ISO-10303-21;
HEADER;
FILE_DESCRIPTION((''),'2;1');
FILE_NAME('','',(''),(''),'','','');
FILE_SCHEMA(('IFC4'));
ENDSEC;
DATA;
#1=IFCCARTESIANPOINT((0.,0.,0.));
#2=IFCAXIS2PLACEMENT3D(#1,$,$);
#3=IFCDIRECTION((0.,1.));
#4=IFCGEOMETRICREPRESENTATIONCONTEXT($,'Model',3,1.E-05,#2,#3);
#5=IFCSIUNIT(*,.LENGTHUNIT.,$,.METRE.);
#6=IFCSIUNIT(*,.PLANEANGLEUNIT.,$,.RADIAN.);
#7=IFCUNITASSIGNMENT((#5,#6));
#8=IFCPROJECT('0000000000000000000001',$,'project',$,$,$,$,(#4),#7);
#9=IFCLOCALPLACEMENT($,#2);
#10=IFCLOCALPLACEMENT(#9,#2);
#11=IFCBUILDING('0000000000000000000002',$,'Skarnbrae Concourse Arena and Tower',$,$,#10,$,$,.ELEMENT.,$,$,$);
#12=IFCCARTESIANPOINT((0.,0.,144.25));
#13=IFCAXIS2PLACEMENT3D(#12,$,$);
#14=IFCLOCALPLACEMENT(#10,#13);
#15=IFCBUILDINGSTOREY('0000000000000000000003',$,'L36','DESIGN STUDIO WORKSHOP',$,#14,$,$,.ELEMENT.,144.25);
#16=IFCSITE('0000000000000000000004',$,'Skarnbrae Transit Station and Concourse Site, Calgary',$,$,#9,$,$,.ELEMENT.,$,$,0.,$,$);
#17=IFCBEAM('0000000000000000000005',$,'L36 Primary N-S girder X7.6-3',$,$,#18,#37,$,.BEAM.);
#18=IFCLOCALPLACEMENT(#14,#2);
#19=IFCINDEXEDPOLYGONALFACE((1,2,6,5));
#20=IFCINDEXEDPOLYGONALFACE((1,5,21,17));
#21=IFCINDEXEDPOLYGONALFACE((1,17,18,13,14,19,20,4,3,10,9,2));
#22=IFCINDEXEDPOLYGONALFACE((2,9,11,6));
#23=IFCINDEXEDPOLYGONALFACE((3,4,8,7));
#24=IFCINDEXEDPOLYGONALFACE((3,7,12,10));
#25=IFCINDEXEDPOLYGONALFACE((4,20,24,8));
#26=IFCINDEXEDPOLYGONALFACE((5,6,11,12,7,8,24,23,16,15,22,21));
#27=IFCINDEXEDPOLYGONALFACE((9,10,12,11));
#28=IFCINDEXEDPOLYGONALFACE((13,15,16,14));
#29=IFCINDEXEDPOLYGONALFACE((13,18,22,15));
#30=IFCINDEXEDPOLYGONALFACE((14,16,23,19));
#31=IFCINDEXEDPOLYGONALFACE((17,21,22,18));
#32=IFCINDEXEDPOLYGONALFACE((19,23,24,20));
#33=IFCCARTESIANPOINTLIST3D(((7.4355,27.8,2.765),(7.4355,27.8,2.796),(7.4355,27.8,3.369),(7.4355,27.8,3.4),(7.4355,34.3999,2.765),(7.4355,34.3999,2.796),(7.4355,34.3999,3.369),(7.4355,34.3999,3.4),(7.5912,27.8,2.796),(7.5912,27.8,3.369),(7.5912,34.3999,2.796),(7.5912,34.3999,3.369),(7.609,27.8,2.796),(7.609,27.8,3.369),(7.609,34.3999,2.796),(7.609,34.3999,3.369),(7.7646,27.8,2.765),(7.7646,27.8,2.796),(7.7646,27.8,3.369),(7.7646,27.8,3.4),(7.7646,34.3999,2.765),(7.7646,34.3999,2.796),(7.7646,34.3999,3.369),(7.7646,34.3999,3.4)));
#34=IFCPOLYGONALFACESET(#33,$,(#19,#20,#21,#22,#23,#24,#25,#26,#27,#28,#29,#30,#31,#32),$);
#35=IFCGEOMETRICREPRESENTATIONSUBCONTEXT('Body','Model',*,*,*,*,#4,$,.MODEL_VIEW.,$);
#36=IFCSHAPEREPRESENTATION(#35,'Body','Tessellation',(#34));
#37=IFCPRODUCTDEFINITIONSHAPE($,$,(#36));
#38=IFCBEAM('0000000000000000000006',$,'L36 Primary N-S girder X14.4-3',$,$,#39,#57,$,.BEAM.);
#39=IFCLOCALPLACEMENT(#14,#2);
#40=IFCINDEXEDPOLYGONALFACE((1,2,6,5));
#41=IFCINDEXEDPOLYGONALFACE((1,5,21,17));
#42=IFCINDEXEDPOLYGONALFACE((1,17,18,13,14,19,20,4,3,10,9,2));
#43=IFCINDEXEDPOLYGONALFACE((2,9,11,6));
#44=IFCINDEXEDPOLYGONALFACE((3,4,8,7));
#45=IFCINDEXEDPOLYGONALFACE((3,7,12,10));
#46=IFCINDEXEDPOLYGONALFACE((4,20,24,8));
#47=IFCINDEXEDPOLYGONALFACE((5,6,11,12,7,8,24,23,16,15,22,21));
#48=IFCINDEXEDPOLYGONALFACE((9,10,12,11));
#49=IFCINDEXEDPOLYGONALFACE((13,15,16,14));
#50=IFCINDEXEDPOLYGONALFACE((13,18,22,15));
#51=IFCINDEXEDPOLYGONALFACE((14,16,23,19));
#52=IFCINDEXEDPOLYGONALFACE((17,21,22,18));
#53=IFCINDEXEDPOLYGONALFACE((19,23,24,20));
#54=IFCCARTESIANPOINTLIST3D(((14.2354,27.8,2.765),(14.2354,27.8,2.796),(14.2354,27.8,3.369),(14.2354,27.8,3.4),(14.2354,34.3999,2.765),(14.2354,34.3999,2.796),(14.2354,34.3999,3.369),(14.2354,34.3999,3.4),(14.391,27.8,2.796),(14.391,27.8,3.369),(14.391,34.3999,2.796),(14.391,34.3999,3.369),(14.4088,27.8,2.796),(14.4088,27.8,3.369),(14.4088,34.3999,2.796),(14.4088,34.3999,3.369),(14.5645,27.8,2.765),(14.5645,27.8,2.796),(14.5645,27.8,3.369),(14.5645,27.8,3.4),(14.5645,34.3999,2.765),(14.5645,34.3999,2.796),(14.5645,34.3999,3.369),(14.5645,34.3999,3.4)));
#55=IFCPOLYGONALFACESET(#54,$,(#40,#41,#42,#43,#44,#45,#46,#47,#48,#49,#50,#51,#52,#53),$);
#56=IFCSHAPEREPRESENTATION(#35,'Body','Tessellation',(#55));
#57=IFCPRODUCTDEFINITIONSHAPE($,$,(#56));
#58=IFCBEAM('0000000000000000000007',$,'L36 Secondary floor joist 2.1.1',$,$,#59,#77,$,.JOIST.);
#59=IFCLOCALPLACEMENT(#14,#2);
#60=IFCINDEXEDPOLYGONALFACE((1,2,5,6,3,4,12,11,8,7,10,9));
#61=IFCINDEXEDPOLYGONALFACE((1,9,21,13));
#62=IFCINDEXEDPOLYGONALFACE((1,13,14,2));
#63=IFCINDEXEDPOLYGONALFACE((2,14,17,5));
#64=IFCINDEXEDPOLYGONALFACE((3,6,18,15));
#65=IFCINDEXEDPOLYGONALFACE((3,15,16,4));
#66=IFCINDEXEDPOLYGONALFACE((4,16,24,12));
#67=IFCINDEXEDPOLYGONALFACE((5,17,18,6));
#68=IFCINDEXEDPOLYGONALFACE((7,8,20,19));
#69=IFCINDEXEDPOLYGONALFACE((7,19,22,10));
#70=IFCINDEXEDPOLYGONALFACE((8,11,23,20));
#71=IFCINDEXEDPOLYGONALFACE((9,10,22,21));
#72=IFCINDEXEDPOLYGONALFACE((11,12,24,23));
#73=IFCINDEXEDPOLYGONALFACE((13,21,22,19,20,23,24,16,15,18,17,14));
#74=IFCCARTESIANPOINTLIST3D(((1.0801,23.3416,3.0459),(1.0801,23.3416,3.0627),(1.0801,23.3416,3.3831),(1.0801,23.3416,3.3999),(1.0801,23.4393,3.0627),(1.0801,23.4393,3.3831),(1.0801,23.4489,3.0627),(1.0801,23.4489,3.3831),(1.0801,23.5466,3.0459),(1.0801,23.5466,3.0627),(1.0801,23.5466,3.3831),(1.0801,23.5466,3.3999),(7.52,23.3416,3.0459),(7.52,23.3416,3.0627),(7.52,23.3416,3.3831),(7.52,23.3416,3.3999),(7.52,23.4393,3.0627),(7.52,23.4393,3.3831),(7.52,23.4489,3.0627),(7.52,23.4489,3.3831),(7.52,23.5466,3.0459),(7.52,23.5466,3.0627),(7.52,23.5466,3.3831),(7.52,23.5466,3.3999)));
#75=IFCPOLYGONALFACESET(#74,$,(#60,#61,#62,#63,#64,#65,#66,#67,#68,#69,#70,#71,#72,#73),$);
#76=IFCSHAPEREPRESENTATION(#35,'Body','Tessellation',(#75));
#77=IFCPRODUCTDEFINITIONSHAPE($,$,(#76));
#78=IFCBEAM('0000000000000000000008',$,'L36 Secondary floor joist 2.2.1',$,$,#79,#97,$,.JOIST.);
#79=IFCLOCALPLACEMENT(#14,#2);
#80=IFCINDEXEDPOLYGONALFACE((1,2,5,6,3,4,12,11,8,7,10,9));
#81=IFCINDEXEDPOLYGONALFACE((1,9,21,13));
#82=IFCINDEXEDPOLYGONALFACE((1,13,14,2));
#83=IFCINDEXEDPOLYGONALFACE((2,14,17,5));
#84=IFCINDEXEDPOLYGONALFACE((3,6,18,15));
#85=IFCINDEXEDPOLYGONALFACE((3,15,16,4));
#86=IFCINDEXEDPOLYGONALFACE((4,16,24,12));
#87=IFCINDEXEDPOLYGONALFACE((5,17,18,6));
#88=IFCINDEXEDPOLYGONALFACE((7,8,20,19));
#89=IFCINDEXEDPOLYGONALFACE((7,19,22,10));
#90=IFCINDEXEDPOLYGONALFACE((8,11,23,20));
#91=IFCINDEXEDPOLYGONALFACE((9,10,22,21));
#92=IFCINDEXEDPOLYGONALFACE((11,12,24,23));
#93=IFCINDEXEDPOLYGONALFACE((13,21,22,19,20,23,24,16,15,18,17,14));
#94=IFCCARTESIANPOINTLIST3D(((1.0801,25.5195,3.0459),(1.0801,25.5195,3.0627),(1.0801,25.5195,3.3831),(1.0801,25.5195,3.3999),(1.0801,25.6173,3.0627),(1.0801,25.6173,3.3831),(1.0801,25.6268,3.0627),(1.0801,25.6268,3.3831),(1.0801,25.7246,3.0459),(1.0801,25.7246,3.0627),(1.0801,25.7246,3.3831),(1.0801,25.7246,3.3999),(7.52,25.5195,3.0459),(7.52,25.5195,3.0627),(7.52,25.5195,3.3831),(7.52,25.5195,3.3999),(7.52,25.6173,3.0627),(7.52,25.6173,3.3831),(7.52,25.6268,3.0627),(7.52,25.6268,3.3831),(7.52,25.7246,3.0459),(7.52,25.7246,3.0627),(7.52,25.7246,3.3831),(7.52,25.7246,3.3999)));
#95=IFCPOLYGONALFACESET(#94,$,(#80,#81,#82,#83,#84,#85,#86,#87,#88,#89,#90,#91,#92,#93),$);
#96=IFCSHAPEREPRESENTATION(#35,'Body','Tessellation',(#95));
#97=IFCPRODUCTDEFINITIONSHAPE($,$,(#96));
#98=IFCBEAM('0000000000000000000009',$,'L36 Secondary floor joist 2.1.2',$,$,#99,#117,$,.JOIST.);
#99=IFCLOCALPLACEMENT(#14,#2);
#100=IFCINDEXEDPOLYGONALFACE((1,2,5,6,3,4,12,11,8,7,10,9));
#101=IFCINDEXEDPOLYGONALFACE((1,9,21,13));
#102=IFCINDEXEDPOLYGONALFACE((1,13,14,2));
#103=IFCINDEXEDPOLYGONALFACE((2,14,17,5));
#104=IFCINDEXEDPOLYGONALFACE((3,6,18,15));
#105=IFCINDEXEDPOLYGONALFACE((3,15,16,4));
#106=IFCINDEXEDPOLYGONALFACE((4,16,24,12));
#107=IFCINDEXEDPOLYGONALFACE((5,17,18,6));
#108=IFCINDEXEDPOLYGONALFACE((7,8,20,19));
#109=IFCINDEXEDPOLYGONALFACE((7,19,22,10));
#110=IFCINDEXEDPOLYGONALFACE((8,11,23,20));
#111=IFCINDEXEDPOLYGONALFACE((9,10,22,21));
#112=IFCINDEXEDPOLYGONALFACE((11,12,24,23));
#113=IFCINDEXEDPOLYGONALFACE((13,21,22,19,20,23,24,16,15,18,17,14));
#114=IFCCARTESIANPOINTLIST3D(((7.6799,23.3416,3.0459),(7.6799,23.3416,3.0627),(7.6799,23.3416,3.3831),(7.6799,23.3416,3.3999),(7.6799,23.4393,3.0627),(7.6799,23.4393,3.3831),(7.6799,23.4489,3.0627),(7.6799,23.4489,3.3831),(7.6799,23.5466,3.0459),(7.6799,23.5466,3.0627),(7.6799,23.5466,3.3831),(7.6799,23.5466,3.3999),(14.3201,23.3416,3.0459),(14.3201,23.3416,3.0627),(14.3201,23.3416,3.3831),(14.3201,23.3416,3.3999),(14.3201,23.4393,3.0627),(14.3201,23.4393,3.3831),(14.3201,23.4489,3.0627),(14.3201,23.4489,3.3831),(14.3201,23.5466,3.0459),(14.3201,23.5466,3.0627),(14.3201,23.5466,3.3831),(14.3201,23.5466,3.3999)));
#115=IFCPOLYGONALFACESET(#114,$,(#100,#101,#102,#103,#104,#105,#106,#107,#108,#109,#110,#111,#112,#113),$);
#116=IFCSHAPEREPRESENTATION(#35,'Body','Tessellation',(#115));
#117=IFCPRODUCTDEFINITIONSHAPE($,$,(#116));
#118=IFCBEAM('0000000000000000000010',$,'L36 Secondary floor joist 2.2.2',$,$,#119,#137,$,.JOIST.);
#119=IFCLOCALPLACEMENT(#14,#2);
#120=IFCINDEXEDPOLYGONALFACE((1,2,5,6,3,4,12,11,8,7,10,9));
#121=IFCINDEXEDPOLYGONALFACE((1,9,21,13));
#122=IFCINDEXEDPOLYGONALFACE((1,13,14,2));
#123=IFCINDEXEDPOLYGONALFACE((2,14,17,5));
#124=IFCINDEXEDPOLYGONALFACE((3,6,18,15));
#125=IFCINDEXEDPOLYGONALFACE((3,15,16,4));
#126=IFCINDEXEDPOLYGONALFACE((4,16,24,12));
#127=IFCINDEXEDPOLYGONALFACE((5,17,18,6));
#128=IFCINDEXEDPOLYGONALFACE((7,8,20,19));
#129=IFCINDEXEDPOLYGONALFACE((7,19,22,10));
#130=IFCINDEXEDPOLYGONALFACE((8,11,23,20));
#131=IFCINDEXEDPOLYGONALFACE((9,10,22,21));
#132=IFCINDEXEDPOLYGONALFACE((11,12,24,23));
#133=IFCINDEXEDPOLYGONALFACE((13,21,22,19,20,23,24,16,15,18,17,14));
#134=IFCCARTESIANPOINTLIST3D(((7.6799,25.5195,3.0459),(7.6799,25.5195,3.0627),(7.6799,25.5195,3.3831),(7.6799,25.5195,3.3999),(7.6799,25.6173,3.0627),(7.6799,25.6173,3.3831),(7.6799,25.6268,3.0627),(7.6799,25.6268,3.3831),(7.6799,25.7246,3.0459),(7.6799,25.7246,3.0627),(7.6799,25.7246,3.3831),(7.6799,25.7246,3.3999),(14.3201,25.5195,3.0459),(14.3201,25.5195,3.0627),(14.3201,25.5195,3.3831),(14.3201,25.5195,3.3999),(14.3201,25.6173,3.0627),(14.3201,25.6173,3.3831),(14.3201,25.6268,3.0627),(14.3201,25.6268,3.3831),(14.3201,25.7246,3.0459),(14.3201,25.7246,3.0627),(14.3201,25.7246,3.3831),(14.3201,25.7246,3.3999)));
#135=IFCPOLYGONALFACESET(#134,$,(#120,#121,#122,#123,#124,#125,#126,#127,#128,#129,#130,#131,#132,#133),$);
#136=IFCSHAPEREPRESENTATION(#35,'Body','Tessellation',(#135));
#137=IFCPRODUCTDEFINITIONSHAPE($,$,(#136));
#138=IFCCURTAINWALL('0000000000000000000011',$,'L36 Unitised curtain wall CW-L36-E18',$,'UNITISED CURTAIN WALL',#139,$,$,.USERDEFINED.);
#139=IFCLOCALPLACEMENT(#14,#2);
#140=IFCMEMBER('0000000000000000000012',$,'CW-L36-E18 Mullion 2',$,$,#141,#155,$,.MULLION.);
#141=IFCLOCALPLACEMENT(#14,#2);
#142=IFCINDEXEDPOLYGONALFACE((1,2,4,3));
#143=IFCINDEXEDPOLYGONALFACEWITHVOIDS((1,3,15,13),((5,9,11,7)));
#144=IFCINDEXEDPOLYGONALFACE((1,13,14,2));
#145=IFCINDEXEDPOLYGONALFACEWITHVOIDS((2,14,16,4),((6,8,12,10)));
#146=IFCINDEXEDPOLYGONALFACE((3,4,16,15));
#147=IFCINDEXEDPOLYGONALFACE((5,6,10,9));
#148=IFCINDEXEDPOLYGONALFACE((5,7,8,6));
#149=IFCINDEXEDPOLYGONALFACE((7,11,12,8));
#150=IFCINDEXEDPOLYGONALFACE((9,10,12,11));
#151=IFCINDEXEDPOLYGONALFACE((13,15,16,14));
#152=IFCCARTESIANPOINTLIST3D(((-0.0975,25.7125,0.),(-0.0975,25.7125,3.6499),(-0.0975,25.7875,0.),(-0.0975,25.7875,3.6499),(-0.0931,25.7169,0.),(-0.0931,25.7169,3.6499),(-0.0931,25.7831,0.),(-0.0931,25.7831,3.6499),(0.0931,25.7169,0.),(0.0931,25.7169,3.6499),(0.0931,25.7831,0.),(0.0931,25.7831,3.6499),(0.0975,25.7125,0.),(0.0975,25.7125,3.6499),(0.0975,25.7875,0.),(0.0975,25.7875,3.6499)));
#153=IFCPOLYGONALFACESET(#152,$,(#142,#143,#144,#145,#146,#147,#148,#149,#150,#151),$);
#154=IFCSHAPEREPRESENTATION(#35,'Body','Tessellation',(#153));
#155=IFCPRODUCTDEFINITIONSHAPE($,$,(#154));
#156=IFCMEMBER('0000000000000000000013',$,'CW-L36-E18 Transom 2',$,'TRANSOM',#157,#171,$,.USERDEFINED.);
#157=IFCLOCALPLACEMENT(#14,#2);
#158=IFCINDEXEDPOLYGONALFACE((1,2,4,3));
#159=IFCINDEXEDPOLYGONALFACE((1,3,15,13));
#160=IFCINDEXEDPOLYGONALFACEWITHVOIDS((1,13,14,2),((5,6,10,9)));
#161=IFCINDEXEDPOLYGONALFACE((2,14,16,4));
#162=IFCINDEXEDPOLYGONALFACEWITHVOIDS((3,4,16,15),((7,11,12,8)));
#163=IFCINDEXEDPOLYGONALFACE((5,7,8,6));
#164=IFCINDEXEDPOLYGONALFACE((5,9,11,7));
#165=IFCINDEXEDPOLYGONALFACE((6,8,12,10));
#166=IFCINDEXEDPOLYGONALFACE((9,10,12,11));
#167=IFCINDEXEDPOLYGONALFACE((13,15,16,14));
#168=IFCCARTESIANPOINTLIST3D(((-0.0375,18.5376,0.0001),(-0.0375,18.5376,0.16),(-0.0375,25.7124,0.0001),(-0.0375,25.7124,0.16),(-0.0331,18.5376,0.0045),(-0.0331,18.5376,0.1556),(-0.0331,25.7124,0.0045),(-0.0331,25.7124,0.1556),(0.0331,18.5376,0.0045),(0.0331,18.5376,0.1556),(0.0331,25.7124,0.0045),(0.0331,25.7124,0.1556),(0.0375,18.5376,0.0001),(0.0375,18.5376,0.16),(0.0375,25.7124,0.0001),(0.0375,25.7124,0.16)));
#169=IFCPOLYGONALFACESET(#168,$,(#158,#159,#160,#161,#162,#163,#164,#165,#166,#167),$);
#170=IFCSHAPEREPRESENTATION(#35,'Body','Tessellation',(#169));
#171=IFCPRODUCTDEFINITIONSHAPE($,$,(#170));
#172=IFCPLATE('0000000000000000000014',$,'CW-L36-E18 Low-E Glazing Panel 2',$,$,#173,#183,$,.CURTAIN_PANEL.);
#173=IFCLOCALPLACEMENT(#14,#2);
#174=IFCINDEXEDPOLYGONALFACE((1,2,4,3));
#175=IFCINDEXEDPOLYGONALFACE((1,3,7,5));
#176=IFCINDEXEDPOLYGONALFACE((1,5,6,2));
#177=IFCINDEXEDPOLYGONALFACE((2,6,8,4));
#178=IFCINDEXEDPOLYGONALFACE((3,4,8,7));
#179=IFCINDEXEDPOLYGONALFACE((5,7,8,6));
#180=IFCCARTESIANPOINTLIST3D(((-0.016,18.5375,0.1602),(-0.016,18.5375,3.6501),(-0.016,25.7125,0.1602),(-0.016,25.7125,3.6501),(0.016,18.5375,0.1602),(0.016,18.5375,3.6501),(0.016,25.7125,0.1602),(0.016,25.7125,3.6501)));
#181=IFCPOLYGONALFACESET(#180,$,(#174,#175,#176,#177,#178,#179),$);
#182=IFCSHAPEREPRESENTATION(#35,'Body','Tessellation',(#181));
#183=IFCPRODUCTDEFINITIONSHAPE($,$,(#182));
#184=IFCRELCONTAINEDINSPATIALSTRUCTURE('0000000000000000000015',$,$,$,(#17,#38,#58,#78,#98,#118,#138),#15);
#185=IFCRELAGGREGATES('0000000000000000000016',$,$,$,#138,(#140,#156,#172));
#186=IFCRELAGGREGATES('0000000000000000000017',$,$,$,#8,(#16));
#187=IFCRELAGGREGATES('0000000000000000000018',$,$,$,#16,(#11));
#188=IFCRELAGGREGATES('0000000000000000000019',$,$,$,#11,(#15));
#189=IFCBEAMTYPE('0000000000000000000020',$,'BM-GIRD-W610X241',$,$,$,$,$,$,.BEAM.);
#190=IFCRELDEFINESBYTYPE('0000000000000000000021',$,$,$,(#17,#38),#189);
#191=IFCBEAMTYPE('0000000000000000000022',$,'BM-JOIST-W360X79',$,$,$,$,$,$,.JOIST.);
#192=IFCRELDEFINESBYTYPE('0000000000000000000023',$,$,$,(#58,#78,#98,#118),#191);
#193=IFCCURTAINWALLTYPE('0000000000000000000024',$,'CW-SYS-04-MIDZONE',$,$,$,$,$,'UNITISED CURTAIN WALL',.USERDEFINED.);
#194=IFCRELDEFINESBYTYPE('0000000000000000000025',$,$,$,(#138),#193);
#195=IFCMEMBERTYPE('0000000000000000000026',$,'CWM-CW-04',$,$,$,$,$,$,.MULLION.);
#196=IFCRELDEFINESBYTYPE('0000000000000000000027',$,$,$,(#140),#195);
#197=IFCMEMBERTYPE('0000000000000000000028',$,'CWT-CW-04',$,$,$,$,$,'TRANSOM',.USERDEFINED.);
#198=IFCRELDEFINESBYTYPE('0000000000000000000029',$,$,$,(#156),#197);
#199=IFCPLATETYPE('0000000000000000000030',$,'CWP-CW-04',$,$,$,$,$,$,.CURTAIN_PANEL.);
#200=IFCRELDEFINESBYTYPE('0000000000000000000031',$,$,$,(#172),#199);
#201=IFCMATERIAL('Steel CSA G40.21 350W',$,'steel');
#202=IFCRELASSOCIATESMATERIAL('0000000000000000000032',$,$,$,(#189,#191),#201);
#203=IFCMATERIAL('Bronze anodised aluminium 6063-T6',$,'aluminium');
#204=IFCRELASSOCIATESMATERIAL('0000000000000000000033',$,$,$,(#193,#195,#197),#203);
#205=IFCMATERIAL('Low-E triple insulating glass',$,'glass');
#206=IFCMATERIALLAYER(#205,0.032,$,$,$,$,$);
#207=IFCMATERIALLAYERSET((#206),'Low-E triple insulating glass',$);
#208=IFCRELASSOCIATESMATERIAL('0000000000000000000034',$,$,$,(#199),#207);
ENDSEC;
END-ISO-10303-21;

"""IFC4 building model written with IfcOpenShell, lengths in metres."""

from ifc_helpers import new_model, si_unit, direction, frame, origin, origin_2d, place, context, subcontext, project, spatial, rectangle, hollow_rectangle, i_section, extrude, source, transform, mapped, material, layer, layer_set, material_profile, profile_set, type_object, element, aggregate, save


model = new_model("IFC4")

# Units and contexts
model_context = context("Model", 3, precision=1e-05, world=origin(), true_north=direction((0.0, 1.0)))
body_context = subcontext(model_context, "Body", "Model", "MODEL_VIEW")
ifc_project = project(units=[si_unit("LENGTHUNIT", "METRE"), si_unit("PLANEANGLEUNIT", "RADIAN")], contexts=[model_context])

# Site, building, storey
site_placement = place(None, origin())
site = spatial("IfcSite", under=ifc_project, at=site_placement, Name="Skarnbrae Transit Station and Concourse Site, Calgary", CompositionType="ELEMENT", RefElevation=0.0)
building_placement = place(site_placement, origin())
building = spatial("IfcBuilding", under=site, at=building_placement, Name="Skarnbrae Concourse Arena and Tower", CompositionType="ELEMENT")
storey_placement = place(building_placement, frame((0.0, 0.0, 144.25)))
storey = spatial("IfcBuildingStorey", under=building, at=storey_placement, Name="L36", Description="DESIGN STUDIO WORKSHOP", CompositionType="ELEMENT", Elevation=144.25)

# Shared definitions
ifc_material_1 = material(Name="Steel CSA G40.21 350W", Category="steel")

# Beams
ifc_material_profile_1 = material_profile(ifc_material_1, i_section(OverallWidth=0.3291, OverallDepth=0.635, WebThickness=0.0178, FlangeThickness=0.031, at=origin_2d()), Name="W610X241")
ifc_profile_set_1 = profile_set([ifc_material_profile_1], Name="Steel CSA G40.21 350W")
beam_type_1 = type_object("IfcBeamType", Name="BM-GIRD-W610X241", PredefinedType="BEAM", material=ifc_profile_set_1)
shared_shape_1 = source(origin(), body_context, "Body", "SweptSolid", [
    extrude(i_section(OverallWidth=0.3291, OverallDepth=0.635, WebThickness=0.0178, FlangeThickness=0.031, at=origin_2d()), origin(), (0.0, 0.0, 1.0), 6.5999),
])
for number, where, z_axis, x_axis, name in (
    (1, (7.6001, 27.8, 3.0825), (0.0, 1.0, 0.0), (-1.0, 0.0, 0.0), "L36 Primary N-S girder X7.6-3"),
    (2, (14.3999, 27.8, 3.0825), (0.0, 1.0, 0.0), (-1.0, 0.0, 0.0), "L36 Primary N-S girder X14.4-3"),
):
    element("IfcBeam", number, at=place(storey_placement, frame(where, z_axis=z_axis, x_axis=x_axis)), inside=storey, type_object=beam_type_1, Name=name, PredefinedType="BEAM", context=body_context, shape_type="MappedRepresentation", body=[
        mapped(shared_shape_1, transform((0.0, 0.0, 0.0))),
    ])
ifc_material_profile_2 = material_profile(ifc_material_1, i_section(OverallWidth=0.2051, OverallDepth=0.354, WebThickness=0.0095, FlangeThickness=0.0168, at=origin_2d()), Name="W360X79")
ifc_profile_set_2 = profile_set([ifc_material_profile_2], Name="Steel CSA G40.21 350W")
beam_type_2 = type_object("IfcBeamType", Name="BM-JOIST-W360X79", PredefinedType="JOIST", material=ifc_profile_set_2)
shared_shape_2 = source(origin(), body_context, "Body", "SweptSolid", [
    extrude(i_section(OverallWidth=0.2051, OverallDepth=0.354, WebThickness=0.0095, FlangeThickness=0.0168, at=origin_2d()), origin(), (0.0, 0.0, 1.0), 6.4399),
])
for number, where, z_axis, x_axis, name in (
    (3, (1.0801, 23.4441, 3.2229), (1.0, 0.0, 0.0), (0.0, 1.0, 0.0), "L36 Secondary floor joist 2.1.1"),
    (4, (1.0801, 25.6221, 3.2229), (1.0, 0.0, 0.0), (0.0, 1.0, 0.0), "L36 Secondary floor joist 2.2.1"),
):
    element("IfcBeam", number, at=place(storey_placement, frame(where, z_axis=z_axis, x_axis=x_axis)), inside=storey, type_object=beam_type_2, Name=name, PredefinedType="JOIST", context=body_context, shape_type="MappedRepresentation", body=[
        mapped(shared_shape_2, transform((0.0, 0.0, 0.0))),
    ])
shared_shape_3 = source(origin(), body_context, "Body", "SweptSolid", [
    extrude(i_section(OverallWidth=0.2051, OverallDepth=0.354, WebThickness=0.0095, FlangeThickness=0.0168, at=origin_2d()), origin(), (0.0, 0.0, 1.0), 6.6401),
])
for number, where, z_axis, x_axis, name in (
    (5, (7.6799, 23.4441, 3.2229), (1.0, 0.0, 0.0), (0.0, 1.0, 0.0), "L36 Secondary floor joist 2.1.2"),
    (6, (7.6799, 25.6221, 3.2229), (1.0, 0.0, 0.0), (0.0, 1.0, 0.0), "L36 Secondary floor joist 2.2.2"),
):
    element("IfcBeam", number, at=place(storey_placement, frame(where, z_axis=z_axis, x_axis=x_axis)), inside=storey, type_object=beam_type_2, Name=name, PredefinedType="JOIST", context=body_context, shape_type="MappedRepresentation", body=[
        mapped(shared_shape_3, transform((0.0, 0.0, 0.0))),
    ])

# Curtain wall, members, plate
ifc_material_2 = material(Name="Bronze anodised aluminium 6063-T6", Category="aluminium")
curtain_wall_type = type_object("IfcCurtainWallType", Name="CW-SYS-04-MIDZONE", ElementType="UNITISED CURTAIN WALL", PredefinedType="USERDEFINED", material=ifc_material_2)
curtain_wall_placement = place(storey_placement, origin())
curtain_wall = element("IfcCurtainWall", 7, at=curtain_wall_placement, inside=storey, type_object=curtain_wall_type, Name="L36 Unitised curtain wall CW-L36-E18", ObjectType="UNITISED CURTAIN WALL", PredefinedType="USERDEFINED")
ifc_material_profile_3 = material_profile(ifc_material_2, hollow_rectangle(XDim=0.075, YDim=0.1951, WallThickness=0.0044, at=origin_2d()), Name="ALU-MULL-75X195")
ifc_profile_set_3 = profile_set([ifc_material_profile_3], Name="Bronze anodised aluminium 6063-T6")
member_type_1 = type_object("IfcMemberType", Name="CWM-CW-04", PredefinedType="MULLION", material=ifc_profile_set_3)
shared_shape_4 = source(origin(), body_context, "Body", "SweptSolid", [
    extrude(hollow_rectangle(XDim=0.075, YDim=0.1951, WallThickness=0.0044, at=origin_2d()), origin(), (0.0, 0.0, 1.0), 3.6499),
])
member_1_placement = place(storey_placement, frame((0.0, 25.75, 0.0), z_axis=(0.0, 0.0, 1.0), x_axis=(0.0, -1.0, 0.0)))
member_1 = element("IfcMember", 8, at=member_1_placement, type_object=member_type_1, Name="CW-L36-E18 Mullion 2", PredefinedType="MULLION", context=body_context, shape_type="MappedRepresentation", body=[
    mapped(shared_shape_4, transform((0.0, 0.0, 0.0))),
])
ifc_material_profile_4 = material_profile(ifc_material_2, hollow_rectangle(XDim=0.075, YDim=0.1599, WallThickness=0.0044, at=origin_2d()), Name="ALU-TRAN-75X160")
ifc_profile_set_4 = profile_set([ifc_material_profile_4], Name="Bronze anodised aluminium 6063-T6")
member_type_2 = type_object("IfcMemberType", Name="CWT-CW-04", ElementType="TRANSOM", PredefinedType="USERDEFINED", material=ifc_profile_set_4)
shared_shape_5 = source(origin(), body_context, "Body", "SweptSolid", [
    extrude(hollow_rectangle(XDim=0.075, YDim=0.1599, WallThickness=0.0044, at=origin_2d()), origin(), (0.0, 0.0, 1.0), 7.1748),
])
member_2_placement = place(storey_placement, frame((0.0, 25.7124, 0.0801), z_axis=(0.0, -1.0, 0.0), x_axis=(1.0, 0.0, 0.0)))
member_2 = element("IfcMember", 9, at=member_2_placement, type_object=member_type_2, Name="CW-L36-E18 Transom 2", ObjectType="TRANSOM", PredefinedType="USERDEFINED", context=body_context, shape_type="MappedRepresentation", body=[
    mapped(shared_shape_5, transform((0.0, 0.0, 0.0))),
])
ifc_material_3 = material(Name="Low-E triple insulating glass", Category="glass")
ifc_layer_1 = layer(ifc_material_3, 0.032)
ifc_layer_set_1 = layer_set([ifc_layer_1], Name="Low-E triple insulating glass")
plate_type = type_object("IfcPlateType", Name="CWP-CW-04", PredefinedType="CURTAIN_PANEL", material=ifc_layer_set_1)
shared_shape_6 = source(origin(), body_context, "Body", "SweptSolid", [
    extrude(rectangle(XDim=7.175, YDim=0.032, at=origin_2d()), origin(), (0.0, 0.0, 1.0), 3.49),
])
plate_placement = place(storey_placement, frame((0.0, 22.125, 0.1602), z_axis=(0.0, 0.0, 1.0), x_axis=(0.0, -1.0, 0.0)))
plate = element("IfcPlate", 10, at=plate_placement, type_object=plate_type, Name="CW-L36-E18 Low-E Glazing Panel 2", PredefinedType="CURTAIN_PANEL", context=body_context, shape_type="MappedRepresentation", body=[
    mapped(shared_shape_6, transform((0.0, 0.0, 0.0))),
])
aggregate(curtain_wall, [member_1, member_2, plate])

save(model, "model.ifc")
